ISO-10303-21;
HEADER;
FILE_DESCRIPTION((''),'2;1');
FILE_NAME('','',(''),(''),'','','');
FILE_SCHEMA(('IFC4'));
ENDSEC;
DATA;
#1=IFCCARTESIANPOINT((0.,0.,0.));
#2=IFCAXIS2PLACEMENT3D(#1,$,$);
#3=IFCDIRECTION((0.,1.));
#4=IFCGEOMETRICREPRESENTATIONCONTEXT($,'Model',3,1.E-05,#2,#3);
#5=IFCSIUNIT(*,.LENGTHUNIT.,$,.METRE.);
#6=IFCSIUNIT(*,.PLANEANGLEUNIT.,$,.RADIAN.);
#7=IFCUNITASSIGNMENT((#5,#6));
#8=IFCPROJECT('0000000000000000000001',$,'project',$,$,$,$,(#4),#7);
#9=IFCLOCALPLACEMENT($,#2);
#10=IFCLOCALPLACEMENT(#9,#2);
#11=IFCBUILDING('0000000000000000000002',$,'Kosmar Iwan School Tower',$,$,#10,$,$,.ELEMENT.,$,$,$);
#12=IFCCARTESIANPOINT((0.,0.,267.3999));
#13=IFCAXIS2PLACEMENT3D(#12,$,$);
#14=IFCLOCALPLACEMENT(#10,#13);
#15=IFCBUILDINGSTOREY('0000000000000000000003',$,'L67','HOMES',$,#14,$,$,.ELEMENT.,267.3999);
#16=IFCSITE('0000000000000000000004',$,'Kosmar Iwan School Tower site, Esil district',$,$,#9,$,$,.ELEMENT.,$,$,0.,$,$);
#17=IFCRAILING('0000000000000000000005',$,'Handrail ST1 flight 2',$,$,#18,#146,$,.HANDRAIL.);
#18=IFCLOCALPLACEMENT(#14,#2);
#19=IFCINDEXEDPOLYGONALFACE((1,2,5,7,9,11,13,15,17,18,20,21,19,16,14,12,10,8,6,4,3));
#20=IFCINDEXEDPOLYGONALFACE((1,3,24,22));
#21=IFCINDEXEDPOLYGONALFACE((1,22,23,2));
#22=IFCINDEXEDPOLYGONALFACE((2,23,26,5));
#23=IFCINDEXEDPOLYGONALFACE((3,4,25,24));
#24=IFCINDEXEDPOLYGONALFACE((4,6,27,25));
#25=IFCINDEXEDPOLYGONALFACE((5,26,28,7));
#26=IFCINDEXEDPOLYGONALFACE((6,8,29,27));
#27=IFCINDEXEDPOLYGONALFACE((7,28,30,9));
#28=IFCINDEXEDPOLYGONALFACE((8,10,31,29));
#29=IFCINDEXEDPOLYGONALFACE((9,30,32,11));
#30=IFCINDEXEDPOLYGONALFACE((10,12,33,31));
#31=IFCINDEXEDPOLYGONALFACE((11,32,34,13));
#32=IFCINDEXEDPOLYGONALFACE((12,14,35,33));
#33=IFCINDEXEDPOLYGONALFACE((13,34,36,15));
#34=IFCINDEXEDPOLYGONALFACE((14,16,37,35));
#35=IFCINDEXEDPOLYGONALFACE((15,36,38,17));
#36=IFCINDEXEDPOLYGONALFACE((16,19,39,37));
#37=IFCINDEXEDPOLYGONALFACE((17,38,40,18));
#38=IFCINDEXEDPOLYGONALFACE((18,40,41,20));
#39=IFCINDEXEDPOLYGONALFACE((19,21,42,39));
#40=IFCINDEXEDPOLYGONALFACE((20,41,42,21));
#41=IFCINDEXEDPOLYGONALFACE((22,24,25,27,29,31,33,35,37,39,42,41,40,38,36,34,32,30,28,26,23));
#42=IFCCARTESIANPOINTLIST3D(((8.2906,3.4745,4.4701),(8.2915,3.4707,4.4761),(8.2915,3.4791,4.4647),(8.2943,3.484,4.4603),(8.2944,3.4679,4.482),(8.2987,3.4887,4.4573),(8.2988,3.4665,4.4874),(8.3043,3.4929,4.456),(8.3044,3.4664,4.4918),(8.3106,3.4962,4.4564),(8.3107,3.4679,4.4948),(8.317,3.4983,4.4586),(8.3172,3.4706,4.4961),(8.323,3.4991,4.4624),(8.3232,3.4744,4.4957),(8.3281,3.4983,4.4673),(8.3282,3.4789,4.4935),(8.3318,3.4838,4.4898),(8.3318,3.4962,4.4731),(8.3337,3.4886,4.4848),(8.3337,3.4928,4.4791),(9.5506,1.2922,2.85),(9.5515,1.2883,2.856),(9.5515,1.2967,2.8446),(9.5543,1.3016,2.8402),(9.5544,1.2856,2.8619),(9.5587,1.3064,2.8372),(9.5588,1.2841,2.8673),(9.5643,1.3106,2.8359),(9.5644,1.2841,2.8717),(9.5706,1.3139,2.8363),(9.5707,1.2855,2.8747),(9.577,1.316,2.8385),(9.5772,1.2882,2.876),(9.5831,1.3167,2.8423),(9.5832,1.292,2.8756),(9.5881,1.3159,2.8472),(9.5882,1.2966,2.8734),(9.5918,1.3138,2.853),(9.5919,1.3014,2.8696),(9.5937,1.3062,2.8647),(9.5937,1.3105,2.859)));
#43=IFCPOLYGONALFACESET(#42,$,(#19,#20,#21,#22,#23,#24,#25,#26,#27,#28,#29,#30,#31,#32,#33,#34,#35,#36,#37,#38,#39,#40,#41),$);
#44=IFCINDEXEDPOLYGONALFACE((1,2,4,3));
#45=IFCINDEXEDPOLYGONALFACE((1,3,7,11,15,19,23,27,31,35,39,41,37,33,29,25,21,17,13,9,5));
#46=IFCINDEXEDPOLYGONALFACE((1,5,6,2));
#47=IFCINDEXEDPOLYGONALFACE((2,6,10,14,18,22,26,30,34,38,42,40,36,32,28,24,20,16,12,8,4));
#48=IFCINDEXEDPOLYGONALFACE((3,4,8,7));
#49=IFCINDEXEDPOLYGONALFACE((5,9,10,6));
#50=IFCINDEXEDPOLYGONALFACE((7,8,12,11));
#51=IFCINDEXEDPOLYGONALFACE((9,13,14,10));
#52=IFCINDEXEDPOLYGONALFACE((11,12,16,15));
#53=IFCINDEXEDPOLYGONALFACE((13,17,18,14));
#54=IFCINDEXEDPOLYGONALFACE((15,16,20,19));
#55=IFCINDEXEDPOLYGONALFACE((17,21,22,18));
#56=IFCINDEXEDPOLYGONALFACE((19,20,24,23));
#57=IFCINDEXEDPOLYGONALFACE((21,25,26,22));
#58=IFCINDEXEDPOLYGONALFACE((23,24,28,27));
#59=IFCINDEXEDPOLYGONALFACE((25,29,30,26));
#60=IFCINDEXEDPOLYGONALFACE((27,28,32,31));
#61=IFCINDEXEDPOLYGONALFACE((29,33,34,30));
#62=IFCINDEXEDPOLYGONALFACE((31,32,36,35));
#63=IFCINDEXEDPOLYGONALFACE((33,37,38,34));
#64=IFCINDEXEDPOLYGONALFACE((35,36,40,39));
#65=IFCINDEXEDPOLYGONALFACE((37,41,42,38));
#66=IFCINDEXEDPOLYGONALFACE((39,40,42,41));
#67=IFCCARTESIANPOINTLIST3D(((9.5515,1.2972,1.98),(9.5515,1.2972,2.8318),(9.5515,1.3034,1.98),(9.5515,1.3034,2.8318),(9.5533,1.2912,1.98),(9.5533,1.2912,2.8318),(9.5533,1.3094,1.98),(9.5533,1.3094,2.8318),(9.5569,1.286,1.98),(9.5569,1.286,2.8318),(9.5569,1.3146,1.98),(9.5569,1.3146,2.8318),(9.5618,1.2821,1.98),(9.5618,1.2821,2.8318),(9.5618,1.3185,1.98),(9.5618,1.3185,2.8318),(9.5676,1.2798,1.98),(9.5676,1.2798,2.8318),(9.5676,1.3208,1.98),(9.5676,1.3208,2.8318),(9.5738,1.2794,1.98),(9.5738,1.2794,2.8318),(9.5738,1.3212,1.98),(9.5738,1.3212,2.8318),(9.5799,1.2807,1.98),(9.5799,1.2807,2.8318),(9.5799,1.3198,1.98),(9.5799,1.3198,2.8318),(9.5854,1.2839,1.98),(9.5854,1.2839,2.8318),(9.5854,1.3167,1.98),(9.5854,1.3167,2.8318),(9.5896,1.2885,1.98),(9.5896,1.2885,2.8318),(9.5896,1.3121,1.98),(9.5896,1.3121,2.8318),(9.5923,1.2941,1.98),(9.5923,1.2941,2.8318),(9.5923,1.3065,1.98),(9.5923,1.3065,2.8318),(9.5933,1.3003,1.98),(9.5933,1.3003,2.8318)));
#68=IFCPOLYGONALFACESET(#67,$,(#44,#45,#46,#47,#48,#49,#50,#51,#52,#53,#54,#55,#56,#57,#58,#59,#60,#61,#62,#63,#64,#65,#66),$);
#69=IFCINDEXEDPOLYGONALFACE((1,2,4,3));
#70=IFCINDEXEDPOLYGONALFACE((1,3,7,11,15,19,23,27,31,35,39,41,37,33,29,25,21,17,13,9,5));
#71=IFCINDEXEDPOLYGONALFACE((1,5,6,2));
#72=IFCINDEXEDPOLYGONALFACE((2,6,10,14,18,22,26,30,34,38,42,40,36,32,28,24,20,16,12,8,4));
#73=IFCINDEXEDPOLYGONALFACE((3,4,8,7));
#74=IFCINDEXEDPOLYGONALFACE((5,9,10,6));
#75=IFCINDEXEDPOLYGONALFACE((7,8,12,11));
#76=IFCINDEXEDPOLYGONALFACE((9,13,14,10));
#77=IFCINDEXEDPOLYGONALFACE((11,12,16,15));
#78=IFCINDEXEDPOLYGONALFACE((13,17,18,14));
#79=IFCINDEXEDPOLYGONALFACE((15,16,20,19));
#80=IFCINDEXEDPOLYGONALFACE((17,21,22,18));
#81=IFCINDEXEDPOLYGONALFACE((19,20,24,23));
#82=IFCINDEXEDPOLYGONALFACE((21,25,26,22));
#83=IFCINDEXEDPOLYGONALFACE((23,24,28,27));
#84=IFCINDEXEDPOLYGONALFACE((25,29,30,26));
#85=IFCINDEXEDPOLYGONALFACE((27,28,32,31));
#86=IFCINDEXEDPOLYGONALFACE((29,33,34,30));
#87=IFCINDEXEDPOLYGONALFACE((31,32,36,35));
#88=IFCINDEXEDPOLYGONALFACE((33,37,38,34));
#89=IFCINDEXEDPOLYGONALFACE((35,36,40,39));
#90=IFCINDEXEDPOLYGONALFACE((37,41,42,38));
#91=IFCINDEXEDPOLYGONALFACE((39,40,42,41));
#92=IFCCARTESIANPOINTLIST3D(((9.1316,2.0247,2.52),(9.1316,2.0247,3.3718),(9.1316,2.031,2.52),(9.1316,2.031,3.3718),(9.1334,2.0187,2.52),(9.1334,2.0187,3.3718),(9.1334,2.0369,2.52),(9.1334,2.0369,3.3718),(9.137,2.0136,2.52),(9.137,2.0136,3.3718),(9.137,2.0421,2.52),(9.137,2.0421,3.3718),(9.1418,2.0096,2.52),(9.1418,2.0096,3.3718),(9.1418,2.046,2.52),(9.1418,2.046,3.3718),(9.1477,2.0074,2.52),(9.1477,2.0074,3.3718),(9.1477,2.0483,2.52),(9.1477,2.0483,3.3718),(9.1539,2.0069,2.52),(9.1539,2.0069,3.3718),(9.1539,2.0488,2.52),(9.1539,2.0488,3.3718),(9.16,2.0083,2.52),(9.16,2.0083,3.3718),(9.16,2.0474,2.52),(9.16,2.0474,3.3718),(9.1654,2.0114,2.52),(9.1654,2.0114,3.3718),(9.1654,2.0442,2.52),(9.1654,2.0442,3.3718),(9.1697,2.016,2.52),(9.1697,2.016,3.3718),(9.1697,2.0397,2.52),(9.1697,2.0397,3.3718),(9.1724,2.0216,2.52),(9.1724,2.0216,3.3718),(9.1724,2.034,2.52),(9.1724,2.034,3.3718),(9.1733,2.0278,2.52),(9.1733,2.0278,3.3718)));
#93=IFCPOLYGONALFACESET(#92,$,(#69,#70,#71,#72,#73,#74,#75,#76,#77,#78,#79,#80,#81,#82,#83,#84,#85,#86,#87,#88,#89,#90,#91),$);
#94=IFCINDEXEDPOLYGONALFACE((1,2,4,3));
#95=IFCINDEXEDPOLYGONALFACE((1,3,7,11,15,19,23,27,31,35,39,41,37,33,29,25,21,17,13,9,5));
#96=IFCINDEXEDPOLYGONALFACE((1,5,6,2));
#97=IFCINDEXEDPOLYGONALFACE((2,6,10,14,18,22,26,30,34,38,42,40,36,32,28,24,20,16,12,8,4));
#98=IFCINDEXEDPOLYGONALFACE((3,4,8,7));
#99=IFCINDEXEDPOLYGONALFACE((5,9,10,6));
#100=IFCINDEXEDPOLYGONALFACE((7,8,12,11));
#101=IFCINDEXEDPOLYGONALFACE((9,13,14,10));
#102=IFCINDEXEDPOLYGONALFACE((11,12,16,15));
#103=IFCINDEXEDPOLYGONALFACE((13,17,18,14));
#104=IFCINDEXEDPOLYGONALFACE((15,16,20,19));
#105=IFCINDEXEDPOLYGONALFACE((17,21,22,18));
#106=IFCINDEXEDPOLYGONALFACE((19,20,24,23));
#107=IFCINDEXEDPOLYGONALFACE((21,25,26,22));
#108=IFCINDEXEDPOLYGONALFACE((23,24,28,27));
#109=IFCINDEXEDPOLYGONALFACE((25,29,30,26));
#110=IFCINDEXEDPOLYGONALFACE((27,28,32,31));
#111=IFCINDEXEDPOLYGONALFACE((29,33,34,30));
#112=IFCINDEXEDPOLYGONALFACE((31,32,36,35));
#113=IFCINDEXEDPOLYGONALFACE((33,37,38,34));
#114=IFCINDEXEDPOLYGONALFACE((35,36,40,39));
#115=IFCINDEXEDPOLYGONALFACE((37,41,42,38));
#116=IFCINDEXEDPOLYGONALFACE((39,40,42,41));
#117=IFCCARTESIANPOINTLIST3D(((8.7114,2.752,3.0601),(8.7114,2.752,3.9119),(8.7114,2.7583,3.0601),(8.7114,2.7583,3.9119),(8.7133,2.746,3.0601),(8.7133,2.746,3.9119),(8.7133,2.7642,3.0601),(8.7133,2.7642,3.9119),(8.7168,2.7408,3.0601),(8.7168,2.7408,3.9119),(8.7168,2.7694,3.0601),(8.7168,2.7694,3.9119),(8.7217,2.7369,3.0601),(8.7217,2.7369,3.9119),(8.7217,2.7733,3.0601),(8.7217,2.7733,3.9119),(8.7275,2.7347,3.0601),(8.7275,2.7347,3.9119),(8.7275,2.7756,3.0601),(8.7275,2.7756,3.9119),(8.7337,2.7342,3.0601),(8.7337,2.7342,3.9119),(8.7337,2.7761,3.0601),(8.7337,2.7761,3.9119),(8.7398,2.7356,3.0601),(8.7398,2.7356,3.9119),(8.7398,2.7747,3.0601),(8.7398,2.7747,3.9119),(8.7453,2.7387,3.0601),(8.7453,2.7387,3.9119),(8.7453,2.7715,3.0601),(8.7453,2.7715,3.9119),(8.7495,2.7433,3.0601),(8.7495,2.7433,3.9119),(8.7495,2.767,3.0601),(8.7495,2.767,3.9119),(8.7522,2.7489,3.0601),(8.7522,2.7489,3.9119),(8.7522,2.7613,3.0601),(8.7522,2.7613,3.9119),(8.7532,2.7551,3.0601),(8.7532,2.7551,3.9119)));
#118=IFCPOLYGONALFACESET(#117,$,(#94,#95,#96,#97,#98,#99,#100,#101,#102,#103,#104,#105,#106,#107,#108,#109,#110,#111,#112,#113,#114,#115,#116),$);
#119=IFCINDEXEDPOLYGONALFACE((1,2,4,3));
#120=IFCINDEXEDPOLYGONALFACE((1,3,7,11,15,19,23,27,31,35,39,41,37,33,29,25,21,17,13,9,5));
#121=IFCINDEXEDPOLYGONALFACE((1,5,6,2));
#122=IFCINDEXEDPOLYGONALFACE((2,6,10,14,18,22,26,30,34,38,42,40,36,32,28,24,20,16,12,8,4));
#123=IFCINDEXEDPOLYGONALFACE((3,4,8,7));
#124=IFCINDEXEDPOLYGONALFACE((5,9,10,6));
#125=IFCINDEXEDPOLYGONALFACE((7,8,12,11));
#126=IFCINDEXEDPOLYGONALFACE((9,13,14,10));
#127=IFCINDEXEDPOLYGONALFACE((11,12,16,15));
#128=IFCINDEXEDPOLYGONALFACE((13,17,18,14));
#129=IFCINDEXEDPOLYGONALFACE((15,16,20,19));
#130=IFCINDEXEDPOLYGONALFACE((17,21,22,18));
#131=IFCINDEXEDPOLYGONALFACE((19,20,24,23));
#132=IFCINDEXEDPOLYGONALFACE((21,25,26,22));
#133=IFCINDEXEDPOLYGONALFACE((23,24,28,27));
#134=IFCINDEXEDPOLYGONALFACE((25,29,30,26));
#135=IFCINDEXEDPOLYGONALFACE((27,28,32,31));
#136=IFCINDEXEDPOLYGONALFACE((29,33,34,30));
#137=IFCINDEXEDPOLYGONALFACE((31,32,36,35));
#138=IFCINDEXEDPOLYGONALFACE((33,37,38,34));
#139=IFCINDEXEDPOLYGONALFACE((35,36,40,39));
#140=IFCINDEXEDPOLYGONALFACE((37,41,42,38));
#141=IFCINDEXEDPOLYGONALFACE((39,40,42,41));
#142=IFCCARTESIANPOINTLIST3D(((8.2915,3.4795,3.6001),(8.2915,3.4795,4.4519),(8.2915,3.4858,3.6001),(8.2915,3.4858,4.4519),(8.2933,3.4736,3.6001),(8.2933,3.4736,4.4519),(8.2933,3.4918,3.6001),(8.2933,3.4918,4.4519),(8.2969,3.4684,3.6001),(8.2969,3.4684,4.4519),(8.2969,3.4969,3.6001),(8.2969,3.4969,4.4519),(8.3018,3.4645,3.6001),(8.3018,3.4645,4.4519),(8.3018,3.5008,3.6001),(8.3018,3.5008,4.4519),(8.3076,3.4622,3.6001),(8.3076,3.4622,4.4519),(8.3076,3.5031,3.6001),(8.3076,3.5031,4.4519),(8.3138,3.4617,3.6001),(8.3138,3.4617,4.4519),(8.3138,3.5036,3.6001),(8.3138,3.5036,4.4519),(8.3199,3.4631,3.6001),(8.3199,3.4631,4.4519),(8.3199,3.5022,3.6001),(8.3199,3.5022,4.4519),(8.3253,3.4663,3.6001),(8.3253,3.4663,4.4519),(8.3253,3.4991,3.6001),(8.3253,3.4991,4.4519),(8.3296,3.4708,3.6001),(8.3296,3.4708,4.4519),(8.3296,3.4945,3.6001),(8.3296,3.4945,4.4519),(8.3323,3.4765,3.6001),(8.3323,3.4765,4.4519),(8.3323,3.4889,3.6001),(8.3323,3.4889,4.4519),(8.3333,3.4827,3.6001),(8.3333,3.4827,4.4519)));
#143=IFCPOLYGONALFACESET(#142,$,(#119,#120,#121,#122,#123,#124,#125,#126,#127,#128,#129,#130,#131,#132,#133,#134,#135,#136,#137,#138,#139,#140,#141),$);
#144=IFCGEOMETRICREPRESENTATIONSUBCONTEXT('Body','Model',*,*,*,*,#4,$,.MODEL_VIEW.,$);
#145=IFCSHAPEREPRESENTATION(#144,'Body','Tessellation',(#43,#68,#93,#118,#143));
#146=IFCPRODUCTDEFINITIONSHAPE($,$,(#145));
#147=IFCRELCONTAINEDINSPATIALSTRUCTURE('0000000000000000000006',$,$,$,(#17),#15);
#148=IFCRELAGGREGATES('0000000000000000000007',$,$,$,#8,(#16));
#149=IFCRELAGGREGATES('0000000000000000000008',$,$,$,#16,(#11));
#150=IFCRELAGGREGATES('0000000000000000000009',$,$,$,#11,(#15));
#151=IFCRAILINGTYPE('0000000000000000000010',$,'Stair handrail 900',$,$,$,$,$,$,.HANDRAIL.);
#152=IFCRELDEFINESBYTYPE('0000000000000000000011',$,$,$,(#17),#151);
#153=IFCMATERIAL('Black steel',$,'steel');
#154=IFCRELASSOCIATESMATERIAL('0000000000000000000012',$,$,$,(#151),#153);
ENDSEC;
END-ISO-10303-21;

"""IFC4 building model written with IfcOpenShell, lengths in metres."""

from ifc_helpers import new_model, si_unit, direction, frame, origin, origin_2d, place, context, subcontext, project, spatial, circle, extrude, material, type_object, element, save


model = new_model("IFC4")

# Units and contexts
model_context = context("Model", 3, precision=1e-05, world=origin(), true_north=direction((0.0, 1.0)))
body_context = subcontext(model_context, "Body", "Model", "MODEL_VIEW")
ifc_project = project(units=[si_unit("LENGTHUNIT", "METRE"), si_unit("PLANEANGLEUNIT", "RADIAN")], contexts=[model_context])

# Site, building, storey
site_placement = place(None, origin())
site = spatial("IfcSite", under=ifc_project, at=site_placement, Name="Kosmar Iwan School Tower site, Esil district", CompositionType="ELEMENT", RefElevation=0.0)
building_placement = place(site_placement, origin())
building = spatial("IfcBuilding", under=site, at=building_placement, Name="Kosmar Iwan School Tower", CompositionType="ELEMENT")
storey_placement = place(building_placement, frame((0.0, 0.0, 267.3999)))
storey = spatial("IfcBuildingStorey", under=building, at=storey_placement, Name="L67", Description="HOMES", CompositionType="ELEMENT", Elevation=267.3999)

# Railing
ifc_material_1 = material(Name="Black steel", Category="steel")
railing_type = type_object("IfcRailingType", Name="Stair handrail 900", PredefinedType="HANDRAIL", material=ifc_material_1)
railing_1_placement = place(storey_placement, frame((9.5723, 1.3003, 1.98)))
element("IfcRailing", 1, at=railing_1_placement, inside=storey, type_object=railing_type, Name="Handrail ST1 flight 2", PredefinedType="HANDRAIL", context=body_context, shape_type="SweptSolid", body=[
    extrude(circle(Radius=0.0239, at=origin_2d()), frame((0.0, 0.0, 0.876), z_axis=(-0.420584, 0.728464, 0.540786), x_axis=(-0.866023, -0.500005, 0.0)), (0.0, 0.0, 1.0), 2.9958),
    extrude(circle(Radius=0.021, at=origin_2d()), origin(), (0.0, 0.0, 1.0), 0.8518),
    extrude(circle(Radius=0.021, at=origin_2d()), frame((-0.4199, 0.7275, 0.54)), (0.0, 0.0, 1.0), 0.8518),
    extrude(circle(Radius=0.021, at=origin_2d()), frame((-0.8401, 1.4548, 1.0801)), (0.0, 0.0, 1.0), 0.8518),
    extrude(circle(Radius=0.021, at=origin_2d()), frame((-1.26, 2.1824, 1.6201)), (0.0, 0.0, 1.0), 0.8518),
])

save(model, "model.ifc")
